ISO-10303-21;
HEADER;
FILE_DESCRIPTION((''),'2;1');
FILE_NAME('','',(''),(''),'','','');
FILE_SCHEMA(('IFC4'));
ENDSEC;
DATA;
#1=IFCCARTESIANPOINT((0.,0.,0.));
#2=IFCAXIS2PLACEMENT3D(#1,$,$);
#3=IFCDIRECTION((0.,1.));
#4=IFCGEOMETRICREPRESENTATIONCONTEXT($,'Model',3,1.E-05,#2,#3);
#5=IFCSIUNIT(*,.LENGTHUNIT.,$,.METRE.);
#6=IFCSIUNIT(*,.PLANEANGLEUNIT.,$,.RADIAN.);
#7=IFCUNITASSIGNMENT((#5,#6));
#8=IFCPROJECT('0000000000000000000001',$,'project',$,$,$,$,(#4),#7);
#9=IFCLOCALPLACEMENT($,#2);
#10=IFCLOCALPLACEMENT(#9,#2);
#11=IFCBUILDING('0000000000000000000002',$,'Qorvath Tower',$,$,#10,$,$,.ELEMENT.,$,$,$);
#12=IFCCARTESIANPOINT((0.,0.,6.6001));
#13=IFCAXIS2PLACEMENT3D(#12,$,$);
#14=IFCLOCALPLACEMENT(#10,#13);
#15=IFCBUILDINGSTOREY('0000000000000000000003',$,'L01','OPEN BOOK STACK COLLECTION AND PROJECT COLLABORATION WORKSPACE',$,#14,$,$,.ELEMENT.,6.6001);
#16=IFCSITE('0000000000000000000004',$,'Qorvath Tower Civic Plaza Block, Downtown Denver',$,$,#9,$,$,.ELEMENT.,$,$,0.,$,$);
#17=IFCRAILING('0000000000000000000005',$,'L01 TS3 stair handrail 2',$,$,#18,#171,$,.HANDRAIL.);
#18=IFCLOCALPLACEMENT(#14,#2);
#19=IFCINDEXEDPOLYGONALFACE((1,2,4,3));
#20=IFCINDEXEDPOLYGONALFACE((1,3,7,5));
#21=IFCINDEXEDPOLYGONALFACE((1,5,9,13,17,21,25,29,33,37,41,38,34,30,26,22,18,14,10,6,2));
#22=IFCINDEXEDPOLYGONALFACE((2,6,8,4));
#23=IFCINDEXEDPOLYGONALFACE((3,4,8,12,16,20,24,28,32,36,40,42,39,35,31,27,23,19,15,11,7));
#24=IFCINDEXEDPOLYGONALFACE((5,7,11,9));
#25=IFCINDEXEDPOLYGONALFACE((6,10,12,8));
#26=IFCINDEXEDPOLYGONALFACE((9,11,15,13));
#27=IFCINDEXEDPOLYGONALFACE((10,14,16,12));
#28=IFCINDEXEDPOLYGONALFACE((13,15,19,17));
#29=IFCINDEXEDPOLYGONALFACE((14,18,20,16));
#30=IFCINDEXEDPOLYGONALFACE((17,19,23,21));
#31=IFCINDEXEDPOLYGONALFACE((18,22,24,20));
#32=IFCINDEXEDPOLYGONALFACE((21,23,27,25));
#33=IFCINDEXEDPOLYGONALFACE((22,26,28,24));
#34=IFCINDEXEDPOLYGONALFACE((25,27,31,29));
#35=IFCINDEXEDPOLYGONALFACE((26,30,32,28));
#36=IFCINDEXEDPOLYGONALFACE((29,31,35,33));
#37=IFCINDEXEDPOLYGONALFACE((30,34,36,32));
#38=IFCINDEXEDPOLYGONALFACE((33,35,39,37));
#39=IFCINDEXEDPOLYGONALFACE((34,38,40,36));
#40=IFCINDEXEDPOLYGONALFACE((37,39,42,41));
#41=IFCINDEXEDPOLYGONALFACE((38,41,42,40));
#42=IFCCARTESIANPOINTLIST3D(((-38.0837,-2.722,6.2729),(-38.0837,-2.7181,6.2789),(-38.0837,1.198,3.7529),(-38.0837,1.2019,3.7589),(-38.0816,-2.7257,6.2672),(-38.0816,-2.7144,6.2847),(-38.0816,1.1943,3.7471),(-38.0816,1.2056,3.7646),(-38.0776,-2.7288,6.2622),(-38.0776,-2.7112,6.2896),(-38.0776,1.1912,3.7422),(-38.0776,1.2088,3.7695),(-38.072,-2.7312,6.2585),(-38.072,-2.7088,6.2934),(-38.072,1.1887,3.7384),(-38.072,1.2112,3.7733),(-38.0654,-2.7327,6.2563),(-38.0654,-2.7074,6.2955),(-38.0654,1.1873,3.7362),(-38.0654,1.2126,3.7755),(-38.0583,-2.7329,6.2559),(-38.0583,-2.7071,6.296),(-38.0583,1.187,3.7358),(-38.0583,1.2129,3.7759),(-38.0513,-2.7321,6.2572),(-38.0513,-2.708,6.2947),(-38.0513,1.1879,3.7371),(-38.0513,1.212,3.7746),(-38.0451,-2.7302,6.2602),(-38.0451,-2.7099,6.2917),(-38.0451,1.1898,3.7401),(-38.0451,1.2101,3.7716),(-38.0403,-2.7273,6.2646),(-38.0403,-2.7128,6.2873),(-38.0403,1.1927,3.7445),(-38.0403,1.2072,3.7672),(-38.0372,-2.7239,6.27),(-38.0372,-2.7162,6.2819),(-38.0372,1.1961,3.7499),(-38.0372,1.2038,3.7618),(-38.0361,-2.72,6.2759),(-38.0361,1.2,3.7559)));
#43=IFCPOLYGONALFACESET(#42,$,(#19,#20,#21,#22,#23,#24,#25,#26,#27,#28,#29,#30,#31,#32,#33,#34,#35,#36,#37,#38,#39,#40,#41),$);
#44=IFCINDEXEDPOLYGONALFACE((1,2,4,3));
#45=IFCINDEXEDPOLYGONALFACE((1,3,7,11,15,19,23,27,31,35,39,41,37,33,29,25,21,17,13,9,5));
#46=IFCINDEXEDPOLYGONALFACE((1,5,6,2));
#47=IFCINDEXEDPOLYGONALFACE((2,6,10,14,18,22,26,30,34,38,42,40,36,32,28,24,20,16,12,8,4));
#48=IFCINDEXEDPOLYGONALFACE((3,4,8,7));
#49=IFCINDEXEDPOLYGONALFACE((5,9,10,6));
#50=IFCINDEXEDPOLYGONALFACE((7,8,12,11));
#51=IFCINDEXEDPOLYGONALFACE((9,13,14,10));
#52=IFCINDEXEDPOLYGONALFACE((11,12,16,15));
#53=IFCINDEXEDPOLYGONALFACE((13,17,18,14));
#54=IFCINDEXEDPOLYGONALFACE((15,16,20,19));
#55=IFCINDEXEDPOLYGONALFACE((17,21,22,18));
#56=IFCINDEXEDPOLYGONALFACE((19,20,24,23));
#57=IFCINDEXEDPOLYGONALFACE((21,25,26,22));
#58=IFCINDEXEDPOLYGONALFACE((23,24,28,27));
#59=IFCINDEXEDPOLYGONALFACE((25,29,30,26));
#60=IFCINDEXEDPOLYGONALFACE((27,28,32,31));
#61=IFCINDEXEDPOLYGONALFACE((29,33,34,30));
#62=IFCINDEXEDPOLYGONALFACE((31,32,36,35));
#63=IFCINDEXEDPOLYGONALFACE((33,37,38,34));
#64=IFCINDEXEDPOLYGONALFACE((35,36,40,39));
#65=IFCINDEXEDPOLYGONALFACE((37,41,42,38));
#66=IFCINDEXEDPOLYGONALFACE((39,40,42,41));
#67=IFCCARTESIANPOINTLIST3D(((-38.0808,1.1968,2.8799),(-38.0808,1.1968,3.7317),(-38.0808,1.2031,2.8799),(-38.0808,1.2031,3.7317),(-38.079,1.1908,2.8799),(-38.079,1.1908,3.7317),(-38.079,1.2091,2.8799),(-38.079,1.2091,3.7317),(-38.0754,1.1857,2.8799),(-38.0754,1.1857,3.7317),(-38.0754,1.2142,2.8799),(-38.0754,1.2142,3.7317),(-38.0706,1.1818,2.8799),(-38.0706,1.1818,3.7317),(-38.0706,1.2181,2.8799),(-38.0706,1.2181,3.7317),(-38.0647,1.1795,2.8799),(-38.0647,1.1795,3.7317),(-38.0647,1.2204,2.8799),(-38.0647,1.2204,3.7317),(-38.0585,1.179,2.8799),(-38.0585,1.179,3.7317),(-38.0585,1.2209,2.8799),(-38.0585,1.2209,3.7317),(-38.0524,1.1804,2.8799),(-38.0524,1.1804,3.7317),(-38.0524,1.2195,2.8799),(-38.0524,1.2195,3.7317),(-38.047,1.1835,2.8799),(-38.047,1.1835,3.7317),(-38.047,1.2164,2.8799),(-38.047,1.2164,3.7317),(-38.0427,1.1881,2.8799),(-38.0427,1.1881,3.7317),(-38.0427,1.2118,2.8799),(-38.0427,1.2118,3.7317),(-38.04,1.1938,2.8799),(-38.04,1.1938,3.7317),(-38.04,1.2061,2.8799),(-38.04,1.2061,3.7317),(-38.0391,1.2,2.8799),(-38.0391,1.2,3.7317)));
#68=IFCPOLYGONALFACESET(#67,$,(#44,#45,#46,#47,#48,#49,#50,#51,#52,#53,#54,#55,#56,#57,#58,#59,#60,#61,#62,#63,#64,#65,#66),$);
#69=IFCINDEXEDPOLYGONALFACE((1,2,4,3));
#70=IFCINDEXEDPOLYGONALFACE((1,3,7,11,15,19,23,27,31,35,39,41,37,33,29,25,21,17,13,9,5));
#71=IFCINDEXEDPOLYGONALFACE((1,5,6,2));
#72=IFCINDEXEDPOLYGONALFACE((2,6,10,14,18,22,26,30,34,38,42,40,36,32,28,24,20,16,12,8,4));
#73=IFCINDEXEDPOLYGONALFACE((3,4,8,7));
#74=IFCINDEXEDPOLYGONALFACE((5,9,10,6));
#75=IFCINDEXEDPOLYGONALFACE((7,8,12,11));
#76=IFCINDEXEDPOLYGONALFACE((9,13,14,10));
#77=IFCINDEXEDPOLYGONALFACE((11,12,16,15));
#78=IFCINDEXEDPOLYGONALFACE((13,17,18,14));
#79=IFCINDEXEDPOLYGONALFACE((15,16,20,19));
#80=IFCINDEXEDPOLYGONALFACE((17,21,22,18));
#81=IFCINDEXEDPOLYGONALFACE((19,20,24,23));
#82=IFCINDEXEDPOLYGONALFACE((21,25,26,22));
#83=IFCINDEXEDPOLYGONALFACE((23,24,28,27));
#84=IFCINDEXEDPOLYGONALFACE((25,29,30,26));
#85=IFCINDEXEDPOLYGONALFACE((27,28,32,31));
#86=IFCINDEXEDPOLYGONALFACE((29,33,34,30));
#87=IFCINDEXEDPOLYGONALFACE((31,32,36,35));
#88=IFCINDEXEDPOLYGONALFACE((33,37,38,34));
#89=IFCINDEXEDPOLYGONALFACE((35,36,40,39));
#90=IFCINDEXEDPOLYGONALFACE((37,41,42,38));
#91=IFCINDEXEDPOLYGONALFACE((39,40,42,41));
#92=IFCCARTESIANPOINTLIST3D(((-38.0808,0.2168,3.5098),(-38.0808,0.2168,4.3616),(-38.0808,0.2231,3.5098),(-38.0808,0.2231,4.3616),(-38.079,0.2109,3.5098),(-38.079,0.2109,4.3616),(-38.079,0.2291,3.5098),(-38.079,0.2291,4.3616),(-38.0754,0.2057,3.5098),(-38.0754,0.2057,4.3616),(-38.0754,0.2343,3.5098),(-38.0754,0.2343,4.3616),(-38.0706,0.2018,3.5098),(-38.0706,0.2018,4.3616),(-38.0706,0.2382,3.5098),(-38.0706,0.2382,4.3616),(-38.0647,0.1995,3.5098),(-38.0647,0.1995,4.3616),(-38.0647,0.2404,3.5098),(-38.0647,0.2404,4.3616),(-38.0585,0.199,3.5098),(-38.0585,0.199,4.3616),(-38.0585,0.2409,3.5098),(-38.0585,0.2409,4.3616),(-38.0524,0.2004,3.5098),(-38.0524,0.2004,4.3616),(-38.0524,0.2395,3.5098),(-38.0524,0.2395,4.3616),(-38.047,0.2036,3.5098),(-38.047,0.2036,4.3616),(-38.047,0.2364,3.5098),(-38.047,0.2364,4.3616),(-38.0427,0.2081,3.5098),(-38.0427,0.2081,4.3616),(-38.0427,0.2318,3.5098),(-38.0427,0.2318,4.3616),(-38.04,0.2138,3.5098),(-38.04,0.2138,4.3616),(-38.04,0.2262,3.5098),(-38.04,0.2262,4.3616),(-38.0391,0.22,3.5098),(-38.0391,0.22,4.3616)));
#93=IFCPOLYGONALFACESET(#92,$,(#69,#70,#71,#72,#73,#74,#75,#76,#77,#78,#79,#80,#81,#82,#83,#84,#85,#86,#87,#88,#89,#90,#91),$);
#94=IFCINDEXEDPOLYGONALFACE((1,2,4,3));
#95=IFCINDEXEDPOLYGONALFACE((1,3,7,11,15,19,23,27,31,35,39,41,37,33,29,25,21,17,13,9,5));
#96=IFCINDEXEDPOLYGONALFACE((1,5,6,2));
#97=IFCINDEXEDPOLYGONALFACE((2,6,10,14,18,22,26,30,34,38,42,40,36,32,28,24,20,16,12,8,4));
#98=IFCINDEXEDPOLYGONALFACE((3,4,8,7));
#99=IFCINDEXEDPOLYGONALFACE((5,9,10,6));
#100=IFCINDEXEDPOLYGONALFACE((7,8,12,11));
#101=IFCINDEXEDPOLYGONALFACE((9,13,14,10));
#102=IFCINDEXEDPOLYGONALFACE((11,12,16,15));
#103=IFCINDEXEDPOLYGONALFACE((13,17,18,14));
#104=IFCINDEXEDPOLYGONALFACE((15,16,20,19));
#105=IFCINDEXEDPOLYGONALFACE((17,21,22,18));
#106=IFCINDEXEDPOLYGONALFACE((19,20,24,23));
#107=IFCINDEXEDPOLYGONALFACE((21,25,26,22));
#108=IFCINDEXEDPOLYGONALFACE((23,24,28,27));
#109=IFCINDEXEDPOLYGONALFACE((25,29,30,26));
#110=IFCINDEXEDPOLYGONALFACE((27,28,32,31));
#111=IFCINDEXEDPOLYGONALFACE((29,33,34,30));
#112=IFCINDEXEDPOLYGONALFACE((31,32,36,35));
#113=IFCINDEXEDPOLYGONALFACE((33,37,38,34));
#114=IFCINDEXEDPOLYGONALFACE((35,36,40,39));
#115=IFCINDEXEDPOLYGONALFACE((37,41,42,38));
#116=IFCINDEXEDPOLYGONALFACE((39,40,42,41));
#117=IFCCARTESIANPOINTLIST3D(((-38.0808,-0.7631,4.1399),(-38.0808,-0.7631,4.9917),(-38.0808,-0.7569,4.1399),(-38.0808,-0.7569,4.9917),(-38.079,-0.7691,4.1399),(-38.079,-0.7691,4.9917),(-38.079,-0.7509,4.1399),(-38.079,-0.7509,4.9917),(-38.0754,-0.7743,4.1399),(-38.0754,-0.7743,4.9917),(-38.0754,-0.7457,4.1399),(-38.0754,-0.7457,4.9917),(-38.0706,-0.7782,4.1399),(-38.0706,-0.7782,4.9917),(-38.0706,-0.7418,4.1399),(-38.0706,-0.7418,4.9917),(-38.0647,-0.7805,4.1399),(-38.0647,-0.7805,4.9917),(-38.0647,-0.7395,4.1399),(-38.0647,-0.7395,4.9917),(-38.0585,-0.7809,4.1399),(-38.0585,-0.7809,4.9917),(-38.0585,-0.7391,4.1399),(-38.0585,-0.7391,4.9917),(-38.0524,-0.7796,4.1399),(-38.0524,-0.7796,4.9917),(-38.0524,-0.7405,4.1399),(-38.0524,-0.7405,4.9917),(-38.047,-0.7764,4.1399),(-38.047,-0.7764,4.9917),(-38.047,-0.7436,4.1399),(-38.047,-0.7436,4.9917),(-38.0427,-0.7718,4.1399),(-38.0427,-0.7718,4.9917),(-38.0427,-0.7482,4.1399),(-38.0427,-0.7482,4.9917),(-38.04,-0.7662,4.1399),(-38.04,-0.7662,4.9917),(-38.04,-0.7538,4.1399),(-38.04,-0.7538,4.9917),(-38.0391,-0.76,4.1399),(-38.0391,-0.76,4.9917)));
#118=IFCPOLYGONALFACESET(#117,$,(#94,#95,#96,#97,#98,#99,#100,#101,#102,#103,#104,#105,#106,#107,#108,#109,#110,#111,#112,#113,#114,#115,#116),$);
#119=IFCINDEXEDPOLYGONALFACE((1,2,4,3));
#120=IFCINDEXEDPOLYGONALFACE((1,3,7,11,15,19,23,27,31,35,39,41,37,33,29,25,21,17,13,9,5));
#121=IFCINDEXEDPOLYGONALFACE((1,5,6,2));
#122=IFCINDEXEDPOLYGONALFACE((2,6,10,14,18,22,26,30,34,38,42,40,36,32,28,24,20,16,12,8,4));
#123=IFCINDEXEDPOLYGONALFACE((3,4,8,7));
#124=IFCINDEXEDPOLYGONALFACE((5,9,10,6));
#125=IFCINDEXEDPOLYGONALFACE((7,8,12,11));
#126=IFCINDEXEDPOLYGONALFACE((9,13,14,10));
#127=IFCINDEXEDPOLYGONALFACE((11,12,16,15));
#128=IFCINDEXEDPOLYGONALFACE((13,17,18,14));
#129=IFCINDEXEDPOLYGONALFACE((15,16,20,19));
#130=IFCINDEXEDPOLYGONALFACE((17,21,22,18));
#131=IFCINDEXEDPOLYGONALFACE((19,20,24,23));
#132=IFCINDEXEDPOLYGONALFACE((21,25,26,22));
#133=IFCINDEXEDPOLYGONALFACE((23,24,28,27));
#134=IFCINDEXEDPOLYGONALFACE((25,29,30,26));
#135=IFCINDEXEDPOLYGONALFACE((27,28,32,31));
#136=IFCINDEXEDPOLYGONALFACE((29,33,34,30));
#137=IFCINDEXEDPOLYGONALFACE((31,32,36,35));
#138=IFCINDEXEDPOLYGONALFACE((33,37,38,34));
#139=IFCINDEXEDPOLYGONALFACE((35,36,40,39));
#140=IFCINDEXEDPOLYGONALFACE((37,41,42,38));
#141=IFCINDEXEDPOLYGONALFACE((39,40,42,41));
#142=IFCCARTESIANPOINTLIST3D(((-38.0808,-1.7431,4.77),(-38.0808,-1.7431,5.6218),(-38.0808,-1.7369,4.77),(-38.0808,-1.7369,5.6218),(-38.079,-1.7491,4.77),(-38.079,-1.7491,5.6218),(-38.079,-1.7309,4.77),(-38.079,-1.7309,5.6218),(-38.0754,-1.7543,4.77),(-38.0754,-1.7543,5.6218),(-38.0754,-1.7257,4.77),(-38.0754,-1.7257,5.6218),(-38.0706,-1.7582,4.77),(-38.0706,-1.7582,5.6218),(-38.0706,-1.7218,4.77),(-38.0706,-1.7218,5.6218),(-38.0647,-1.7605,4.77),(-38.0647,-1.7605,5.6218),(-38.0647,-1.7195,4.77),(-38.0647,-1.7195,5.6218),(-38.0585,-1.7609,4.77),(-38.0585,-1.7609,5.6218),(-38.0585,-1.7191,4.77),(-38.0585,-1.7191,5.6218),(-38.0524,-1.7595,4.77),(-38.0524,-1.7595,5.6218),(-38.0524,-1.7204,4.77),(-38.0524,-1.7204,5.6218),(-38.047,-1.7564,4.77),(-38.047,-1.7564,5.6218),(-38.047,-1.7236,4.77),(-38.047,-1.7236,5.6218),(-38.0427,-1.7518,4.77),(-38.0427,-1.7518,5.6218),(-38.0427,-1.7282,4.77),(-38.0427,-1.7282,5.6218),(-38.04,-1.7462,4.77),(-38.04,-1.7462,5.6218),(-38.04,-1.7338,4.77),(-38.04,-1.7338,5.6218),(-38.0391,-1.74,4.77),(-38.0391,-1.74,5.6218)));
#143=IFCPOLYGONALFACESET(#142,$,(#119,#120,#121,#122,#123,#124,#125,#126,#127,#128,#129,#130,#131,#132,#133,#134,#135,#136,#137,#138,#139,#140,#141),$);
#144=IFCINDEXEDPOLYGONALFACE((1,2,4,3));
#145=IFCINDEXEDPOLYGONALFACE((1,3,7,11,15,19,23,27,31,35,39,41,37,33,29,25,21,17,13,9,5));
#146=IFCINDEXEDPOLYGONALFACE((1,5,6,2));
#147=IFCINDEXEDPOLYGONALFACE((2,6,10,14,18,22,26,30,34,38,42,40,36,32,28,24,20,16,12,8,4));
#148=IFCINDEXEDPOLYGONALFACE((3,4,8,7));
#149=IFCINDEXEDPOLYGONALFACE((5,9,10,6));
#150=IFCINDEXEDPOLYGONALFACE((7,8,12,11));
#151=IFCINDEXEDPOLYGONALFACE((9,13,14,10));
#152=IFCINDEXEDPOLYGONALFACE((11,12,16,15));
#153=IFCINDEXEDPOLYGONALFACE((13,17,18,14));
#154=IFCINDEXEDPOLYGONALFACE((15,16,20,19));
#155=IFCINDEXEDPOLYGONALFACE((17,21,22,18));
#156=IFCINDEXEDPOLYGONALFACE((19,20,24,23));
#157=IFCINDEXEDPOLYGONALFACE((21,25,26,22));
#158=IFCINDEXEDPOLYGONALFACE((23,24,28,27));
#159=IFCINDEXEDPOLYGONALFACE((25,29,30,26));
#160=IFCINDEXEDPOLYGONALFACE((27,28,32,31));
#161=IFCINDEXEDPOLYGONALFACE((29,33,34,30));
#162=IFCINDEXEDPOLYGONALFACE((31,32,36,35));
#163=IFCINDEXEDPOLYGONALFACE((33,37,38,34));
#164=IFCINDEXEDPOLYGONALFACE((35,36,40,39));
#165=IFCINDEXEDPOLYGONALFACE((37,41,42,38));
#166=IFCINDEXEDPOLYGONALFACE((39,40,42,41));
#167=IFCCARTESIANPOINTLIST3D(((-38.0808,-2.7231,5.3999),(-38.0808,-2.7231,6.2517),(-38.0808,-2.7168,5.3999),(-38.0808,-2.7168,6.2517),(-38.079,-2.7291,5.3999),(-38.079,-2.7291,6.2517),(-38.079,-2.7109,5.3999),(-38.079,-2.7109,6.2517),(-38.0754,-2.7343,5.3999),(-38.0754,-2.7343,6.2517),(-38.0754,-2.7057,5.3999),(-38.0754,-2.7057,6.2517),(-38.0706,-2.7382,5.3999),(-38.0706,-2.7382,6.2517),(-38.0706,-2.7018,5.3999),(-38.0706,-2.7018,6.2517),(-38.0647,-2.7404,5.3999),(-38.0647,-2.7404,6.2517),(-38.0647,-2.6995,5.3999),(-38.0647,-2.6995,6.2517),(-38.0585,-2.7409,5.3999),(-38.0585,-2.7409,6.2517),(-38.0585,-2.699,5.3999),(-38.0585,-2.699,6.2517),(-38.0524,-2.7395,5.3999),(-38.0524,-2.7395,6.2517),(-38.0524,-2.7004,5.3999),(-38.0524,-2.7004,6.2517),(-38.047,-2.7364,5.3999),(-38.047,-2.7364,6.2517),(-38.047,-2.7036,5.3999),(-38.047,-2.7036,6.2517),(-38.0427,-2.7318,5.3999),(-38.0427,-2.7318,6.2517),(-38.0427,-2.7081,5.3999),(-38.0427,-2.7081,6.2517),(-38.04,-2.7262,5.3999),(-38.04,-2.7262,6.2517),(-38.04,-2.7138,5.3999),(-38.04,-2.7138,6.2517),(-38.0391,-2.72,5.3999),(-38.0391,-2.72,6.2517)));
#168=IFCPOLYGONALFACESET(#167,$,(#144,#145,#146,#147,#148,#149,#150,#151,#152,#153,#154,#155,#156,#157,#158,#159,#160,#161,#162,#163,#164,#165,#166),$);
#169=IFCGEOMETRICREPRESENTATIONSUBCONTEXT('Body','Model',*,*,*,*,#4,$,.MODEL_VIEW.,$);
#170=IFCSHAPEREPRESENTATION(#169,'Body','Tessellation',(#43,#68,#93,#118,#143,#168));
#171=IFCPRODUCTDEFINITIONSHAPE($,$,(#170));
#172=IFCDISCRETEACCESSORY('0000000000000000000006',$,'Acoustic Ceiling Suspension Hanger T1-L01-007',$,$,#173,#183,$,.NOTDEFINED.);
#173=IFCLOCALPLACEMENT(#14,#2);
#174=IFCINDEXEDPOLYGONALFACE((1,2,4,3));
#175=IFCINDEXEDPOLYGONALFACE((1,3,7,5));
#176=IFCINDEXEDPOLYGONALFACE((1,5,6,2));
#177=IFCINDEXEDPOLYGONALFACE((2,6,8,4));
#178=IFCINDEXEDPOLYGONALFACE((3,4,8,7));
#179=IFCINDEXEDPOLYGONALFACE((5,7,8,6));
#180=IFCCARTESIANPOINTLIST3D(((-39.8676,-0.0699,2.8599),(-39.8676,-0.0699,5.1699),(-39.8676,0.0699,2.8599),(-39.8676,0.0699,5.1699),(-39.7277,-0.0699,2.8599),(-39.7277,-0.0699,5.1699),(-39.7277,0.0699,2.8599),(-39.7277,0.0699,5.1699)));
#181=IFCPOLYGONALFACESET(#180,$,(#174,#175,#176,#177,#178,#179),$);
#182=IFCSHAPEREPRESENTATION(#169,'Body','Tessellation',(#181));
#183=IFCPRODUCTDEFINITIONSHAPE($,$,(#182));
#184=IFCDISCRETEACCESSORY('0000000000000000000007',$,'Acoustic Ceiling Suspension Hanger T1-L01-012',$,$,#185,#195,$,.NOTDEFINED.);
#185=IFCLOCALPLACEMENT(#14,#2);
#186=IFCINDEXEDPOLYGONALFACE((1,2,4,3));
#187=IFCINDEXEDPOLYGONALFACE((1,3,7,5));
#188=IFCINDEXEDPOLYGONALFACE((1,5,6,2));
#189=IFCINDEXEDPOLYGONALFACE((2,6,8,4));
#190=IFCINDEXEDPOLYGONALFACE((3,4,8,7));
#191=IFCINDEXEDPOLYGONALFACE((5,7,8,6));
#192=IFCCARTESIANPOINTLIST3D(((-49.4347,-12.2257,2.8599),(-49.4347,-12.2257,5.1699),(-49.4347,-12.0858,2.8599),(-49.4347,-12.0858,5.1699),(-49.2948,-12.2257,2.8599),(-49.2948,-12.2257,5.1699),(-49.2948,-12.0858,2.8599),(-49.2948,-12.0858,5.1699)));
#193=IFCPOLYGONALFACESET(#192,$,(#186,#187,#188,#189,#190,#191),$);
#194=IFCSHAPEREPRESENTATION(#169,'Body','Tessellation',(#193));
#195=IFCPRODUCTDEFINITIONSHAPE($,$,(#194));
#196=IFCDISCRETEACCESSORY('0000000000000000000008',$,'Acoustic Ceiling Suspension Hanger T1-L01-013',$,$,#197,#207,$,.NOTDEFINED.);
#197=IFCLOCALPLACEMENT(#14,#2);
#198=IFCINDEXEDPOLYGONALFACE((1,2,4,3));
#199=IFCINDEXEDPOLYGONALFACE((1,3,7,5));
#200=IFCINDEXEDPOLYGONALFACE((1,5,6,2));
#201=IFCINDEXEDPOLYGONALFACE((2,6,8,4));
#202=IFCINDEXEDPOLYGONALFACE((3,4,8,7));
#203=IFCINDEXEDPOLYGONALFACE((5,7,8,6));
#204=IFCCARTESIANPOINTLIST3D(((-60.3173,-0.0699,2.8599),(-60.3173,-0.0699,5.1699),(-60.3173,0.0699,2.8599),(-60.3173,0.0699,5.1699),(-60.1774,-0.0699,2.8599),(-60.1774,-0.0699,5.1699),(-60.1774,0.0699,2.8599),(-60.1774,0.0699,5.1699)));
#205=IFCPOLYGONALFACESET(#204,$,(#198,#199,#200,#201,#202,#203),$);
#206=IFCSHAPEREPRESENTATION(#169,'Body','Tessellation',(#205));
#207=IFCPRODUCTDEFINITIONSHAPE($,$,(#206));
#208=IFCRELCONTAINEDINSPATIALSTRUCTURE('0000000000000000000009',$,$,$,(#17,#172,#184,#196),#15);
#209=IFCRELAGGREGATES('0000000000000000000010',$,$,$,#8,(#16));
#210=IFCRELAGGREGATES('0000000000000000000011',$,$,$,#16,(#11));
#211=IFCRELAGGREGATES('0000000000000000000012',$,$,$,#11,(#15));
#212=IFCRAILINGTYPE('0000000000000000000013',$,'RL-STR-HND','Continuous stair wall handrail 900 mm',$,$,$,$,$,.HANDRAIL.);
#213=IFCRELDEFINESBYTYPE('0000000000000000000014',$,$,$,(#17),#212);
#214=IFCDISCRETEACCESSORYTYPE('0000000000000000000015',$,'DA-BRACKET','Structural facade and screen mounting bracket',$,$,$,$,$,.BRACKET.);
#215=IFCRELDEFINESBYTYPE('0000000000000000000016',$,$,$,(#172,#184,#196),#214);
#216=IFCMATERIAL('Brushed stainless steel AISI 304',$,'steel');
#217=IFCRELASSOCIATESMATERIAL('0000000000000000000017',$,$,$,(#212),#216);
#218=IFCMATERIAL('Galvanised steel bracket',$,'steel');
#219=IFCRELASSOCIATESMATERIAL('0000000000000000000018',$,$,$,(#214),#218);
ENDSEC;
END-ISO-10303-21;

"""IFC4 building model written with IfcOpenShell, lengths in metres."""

from ifc_helpers import new_model, si_unit, direction, frame, origin, origin_2d, place, context, subcontext, project, spatial, rectangle, circle, extrude, material, type_object, element, save


model = new_model("IFC4")

# Units and contexts
model_context = context("Model", 3, precision=1e-05, world=origin(), true_north=direction((0.0, 1.0)))
body_context = subcontext(model_context, "Body", "Model", "MODEL_VIEW")
ifc_project = project(units=[si_unit("LENGTHUNIT", "METRE"), si_unit("PLANEANGLEUNIT", "RADIAN")], contexts=[model_context])

# Site, building, storey
site_placement = place(None, origin())
site = spatial("IfcSite", under=ifc_project, at=site_placement, Name="Qorvath Tower Civic Plaza Block, Downtown Denver", CompositionType="ELEMENT", RefElevation=0.0)
building_placement = place(site_placement, origin())
building = spatial("IfcBuilding", under=site, at=building_placement, Name="Qorvath Tower", CompositionType="ELEMENT")
storey_placement = place(building_placement, frame((0.0, 0.0, 6.6001)))
storey = spatial("IfcBuildingStorey", under=building, at=storey_placement, Name="L01", Description="OPEN BOOK STACK COLLECTION AND PROJECT COLLABORATION WORKSPACE", CompositionType="ELEMENT", Elevation=6.6001)

# Railing
ifc_material_1 = material(Name="Brushed stainless steel AISI 304", Category="steel")
railing_type_1 = type_object("IfcRailingType", Name="RL-STR-HND", Description="Continuous stair wall handrail 900 mm", PredefinedType="HANDRAIL", material=ifc_material_1)
railing_1_placement = place(storey_placement, frame((-38.0601, 1.2, 2.8799)))
element("IfcRailing", 1, at=railing_1_placement, inside=storey, type_object=railing_type_1, Name="L01 TS3 stair handrail 2", PredefinedType="HANDRAIL", context=body_context, shape_type="SweptSolid", body=[
    extrude(circle(Radius=0.0239, at=origin_2d()), frame((0.0, 0.0, 0.876), z_axis=(0.0, -0.841172, 0.540768), x_axis=(1.0, 0.0, 0.0)), (0.0, 0.0, 1.0), 4.6602),
    extrude(circle(Radius=0.021, at=origin_2d()), origin(), (0.0, 0.0, 1.0), 0.8518),
    extrude(circle(Radius=0.021, at=origin_2d()), frame((0.0, -0.98, 0.6299)), (0.0, 0.0, 1.0), 0.8518),
    extrude(circle(Radius=0.021, at=origin_2d()), frame((0.0, -1.96, 1.26)), (0.0, 0.0, 1.0), 0.8518),
    extrude(circle(Radius=0.021, at=origin_2d()), frame((0.0, -2.9399, 1.8901)), (0.0, 0.0, 1.0), 0.8518),
    extrude(circle(Radius=0.021, at=origin_2d()), frame((0.0, -3.9199, 2.52)), (0.0, 0.0, 1.0), 0.8518),
])

# Discrete accessories
ifc_material_2 = material(Name="Galvanised steel bracket", Category="steel")
discrete_accessory_type = type_object("IfcDiscreteAccessoryType", Name="DA-BRACKET", Description="Structural facade and screen mounting bracket", PredefinedType="BRACKET", material=ifc_material_2)
for number, where, z_axis, x_axis, name in (
    (2, (-39.7976, 0.0, 2.8599), (0.0, 0.0, 1.0), (1.0, 0.0, 0.0), "Acoustic Ceiling Suspension Hanger T1-L01-007"),
    (3, (-49.3647, -12.1558, 2.8599), (0.0, 0.0, 1.0), (1.0, 0.0, 0.0), "Acoustic Ceiling Suspension Hanger T1-L01-012"),
    (4, (-60.2473, 0.0, 2.8599), (0.0, 0.0, 1.0), (1.0, 0.0, 0.0), "Acoustic Ceiling Suspension Hanger T1-L01-013"),
):
    element("IfcDiscreteAccessory", number, at=place(storey_placement, frame(where, z_axis=z_axis, x_axis=x_axis)), inside=storey, type_object=discrete_accessory_type, Name=name, PredefinedType="NOTDEFINED", context=body_context, shape_type="SweptSolid", body=[
        extrude(rectangle(XDim=0.1399, YDim=0.1399, at=origin_2d()), origin(), (0.0, 0.0, 1.0), 2.3101),
    ])

save(model, "model.ifc")
